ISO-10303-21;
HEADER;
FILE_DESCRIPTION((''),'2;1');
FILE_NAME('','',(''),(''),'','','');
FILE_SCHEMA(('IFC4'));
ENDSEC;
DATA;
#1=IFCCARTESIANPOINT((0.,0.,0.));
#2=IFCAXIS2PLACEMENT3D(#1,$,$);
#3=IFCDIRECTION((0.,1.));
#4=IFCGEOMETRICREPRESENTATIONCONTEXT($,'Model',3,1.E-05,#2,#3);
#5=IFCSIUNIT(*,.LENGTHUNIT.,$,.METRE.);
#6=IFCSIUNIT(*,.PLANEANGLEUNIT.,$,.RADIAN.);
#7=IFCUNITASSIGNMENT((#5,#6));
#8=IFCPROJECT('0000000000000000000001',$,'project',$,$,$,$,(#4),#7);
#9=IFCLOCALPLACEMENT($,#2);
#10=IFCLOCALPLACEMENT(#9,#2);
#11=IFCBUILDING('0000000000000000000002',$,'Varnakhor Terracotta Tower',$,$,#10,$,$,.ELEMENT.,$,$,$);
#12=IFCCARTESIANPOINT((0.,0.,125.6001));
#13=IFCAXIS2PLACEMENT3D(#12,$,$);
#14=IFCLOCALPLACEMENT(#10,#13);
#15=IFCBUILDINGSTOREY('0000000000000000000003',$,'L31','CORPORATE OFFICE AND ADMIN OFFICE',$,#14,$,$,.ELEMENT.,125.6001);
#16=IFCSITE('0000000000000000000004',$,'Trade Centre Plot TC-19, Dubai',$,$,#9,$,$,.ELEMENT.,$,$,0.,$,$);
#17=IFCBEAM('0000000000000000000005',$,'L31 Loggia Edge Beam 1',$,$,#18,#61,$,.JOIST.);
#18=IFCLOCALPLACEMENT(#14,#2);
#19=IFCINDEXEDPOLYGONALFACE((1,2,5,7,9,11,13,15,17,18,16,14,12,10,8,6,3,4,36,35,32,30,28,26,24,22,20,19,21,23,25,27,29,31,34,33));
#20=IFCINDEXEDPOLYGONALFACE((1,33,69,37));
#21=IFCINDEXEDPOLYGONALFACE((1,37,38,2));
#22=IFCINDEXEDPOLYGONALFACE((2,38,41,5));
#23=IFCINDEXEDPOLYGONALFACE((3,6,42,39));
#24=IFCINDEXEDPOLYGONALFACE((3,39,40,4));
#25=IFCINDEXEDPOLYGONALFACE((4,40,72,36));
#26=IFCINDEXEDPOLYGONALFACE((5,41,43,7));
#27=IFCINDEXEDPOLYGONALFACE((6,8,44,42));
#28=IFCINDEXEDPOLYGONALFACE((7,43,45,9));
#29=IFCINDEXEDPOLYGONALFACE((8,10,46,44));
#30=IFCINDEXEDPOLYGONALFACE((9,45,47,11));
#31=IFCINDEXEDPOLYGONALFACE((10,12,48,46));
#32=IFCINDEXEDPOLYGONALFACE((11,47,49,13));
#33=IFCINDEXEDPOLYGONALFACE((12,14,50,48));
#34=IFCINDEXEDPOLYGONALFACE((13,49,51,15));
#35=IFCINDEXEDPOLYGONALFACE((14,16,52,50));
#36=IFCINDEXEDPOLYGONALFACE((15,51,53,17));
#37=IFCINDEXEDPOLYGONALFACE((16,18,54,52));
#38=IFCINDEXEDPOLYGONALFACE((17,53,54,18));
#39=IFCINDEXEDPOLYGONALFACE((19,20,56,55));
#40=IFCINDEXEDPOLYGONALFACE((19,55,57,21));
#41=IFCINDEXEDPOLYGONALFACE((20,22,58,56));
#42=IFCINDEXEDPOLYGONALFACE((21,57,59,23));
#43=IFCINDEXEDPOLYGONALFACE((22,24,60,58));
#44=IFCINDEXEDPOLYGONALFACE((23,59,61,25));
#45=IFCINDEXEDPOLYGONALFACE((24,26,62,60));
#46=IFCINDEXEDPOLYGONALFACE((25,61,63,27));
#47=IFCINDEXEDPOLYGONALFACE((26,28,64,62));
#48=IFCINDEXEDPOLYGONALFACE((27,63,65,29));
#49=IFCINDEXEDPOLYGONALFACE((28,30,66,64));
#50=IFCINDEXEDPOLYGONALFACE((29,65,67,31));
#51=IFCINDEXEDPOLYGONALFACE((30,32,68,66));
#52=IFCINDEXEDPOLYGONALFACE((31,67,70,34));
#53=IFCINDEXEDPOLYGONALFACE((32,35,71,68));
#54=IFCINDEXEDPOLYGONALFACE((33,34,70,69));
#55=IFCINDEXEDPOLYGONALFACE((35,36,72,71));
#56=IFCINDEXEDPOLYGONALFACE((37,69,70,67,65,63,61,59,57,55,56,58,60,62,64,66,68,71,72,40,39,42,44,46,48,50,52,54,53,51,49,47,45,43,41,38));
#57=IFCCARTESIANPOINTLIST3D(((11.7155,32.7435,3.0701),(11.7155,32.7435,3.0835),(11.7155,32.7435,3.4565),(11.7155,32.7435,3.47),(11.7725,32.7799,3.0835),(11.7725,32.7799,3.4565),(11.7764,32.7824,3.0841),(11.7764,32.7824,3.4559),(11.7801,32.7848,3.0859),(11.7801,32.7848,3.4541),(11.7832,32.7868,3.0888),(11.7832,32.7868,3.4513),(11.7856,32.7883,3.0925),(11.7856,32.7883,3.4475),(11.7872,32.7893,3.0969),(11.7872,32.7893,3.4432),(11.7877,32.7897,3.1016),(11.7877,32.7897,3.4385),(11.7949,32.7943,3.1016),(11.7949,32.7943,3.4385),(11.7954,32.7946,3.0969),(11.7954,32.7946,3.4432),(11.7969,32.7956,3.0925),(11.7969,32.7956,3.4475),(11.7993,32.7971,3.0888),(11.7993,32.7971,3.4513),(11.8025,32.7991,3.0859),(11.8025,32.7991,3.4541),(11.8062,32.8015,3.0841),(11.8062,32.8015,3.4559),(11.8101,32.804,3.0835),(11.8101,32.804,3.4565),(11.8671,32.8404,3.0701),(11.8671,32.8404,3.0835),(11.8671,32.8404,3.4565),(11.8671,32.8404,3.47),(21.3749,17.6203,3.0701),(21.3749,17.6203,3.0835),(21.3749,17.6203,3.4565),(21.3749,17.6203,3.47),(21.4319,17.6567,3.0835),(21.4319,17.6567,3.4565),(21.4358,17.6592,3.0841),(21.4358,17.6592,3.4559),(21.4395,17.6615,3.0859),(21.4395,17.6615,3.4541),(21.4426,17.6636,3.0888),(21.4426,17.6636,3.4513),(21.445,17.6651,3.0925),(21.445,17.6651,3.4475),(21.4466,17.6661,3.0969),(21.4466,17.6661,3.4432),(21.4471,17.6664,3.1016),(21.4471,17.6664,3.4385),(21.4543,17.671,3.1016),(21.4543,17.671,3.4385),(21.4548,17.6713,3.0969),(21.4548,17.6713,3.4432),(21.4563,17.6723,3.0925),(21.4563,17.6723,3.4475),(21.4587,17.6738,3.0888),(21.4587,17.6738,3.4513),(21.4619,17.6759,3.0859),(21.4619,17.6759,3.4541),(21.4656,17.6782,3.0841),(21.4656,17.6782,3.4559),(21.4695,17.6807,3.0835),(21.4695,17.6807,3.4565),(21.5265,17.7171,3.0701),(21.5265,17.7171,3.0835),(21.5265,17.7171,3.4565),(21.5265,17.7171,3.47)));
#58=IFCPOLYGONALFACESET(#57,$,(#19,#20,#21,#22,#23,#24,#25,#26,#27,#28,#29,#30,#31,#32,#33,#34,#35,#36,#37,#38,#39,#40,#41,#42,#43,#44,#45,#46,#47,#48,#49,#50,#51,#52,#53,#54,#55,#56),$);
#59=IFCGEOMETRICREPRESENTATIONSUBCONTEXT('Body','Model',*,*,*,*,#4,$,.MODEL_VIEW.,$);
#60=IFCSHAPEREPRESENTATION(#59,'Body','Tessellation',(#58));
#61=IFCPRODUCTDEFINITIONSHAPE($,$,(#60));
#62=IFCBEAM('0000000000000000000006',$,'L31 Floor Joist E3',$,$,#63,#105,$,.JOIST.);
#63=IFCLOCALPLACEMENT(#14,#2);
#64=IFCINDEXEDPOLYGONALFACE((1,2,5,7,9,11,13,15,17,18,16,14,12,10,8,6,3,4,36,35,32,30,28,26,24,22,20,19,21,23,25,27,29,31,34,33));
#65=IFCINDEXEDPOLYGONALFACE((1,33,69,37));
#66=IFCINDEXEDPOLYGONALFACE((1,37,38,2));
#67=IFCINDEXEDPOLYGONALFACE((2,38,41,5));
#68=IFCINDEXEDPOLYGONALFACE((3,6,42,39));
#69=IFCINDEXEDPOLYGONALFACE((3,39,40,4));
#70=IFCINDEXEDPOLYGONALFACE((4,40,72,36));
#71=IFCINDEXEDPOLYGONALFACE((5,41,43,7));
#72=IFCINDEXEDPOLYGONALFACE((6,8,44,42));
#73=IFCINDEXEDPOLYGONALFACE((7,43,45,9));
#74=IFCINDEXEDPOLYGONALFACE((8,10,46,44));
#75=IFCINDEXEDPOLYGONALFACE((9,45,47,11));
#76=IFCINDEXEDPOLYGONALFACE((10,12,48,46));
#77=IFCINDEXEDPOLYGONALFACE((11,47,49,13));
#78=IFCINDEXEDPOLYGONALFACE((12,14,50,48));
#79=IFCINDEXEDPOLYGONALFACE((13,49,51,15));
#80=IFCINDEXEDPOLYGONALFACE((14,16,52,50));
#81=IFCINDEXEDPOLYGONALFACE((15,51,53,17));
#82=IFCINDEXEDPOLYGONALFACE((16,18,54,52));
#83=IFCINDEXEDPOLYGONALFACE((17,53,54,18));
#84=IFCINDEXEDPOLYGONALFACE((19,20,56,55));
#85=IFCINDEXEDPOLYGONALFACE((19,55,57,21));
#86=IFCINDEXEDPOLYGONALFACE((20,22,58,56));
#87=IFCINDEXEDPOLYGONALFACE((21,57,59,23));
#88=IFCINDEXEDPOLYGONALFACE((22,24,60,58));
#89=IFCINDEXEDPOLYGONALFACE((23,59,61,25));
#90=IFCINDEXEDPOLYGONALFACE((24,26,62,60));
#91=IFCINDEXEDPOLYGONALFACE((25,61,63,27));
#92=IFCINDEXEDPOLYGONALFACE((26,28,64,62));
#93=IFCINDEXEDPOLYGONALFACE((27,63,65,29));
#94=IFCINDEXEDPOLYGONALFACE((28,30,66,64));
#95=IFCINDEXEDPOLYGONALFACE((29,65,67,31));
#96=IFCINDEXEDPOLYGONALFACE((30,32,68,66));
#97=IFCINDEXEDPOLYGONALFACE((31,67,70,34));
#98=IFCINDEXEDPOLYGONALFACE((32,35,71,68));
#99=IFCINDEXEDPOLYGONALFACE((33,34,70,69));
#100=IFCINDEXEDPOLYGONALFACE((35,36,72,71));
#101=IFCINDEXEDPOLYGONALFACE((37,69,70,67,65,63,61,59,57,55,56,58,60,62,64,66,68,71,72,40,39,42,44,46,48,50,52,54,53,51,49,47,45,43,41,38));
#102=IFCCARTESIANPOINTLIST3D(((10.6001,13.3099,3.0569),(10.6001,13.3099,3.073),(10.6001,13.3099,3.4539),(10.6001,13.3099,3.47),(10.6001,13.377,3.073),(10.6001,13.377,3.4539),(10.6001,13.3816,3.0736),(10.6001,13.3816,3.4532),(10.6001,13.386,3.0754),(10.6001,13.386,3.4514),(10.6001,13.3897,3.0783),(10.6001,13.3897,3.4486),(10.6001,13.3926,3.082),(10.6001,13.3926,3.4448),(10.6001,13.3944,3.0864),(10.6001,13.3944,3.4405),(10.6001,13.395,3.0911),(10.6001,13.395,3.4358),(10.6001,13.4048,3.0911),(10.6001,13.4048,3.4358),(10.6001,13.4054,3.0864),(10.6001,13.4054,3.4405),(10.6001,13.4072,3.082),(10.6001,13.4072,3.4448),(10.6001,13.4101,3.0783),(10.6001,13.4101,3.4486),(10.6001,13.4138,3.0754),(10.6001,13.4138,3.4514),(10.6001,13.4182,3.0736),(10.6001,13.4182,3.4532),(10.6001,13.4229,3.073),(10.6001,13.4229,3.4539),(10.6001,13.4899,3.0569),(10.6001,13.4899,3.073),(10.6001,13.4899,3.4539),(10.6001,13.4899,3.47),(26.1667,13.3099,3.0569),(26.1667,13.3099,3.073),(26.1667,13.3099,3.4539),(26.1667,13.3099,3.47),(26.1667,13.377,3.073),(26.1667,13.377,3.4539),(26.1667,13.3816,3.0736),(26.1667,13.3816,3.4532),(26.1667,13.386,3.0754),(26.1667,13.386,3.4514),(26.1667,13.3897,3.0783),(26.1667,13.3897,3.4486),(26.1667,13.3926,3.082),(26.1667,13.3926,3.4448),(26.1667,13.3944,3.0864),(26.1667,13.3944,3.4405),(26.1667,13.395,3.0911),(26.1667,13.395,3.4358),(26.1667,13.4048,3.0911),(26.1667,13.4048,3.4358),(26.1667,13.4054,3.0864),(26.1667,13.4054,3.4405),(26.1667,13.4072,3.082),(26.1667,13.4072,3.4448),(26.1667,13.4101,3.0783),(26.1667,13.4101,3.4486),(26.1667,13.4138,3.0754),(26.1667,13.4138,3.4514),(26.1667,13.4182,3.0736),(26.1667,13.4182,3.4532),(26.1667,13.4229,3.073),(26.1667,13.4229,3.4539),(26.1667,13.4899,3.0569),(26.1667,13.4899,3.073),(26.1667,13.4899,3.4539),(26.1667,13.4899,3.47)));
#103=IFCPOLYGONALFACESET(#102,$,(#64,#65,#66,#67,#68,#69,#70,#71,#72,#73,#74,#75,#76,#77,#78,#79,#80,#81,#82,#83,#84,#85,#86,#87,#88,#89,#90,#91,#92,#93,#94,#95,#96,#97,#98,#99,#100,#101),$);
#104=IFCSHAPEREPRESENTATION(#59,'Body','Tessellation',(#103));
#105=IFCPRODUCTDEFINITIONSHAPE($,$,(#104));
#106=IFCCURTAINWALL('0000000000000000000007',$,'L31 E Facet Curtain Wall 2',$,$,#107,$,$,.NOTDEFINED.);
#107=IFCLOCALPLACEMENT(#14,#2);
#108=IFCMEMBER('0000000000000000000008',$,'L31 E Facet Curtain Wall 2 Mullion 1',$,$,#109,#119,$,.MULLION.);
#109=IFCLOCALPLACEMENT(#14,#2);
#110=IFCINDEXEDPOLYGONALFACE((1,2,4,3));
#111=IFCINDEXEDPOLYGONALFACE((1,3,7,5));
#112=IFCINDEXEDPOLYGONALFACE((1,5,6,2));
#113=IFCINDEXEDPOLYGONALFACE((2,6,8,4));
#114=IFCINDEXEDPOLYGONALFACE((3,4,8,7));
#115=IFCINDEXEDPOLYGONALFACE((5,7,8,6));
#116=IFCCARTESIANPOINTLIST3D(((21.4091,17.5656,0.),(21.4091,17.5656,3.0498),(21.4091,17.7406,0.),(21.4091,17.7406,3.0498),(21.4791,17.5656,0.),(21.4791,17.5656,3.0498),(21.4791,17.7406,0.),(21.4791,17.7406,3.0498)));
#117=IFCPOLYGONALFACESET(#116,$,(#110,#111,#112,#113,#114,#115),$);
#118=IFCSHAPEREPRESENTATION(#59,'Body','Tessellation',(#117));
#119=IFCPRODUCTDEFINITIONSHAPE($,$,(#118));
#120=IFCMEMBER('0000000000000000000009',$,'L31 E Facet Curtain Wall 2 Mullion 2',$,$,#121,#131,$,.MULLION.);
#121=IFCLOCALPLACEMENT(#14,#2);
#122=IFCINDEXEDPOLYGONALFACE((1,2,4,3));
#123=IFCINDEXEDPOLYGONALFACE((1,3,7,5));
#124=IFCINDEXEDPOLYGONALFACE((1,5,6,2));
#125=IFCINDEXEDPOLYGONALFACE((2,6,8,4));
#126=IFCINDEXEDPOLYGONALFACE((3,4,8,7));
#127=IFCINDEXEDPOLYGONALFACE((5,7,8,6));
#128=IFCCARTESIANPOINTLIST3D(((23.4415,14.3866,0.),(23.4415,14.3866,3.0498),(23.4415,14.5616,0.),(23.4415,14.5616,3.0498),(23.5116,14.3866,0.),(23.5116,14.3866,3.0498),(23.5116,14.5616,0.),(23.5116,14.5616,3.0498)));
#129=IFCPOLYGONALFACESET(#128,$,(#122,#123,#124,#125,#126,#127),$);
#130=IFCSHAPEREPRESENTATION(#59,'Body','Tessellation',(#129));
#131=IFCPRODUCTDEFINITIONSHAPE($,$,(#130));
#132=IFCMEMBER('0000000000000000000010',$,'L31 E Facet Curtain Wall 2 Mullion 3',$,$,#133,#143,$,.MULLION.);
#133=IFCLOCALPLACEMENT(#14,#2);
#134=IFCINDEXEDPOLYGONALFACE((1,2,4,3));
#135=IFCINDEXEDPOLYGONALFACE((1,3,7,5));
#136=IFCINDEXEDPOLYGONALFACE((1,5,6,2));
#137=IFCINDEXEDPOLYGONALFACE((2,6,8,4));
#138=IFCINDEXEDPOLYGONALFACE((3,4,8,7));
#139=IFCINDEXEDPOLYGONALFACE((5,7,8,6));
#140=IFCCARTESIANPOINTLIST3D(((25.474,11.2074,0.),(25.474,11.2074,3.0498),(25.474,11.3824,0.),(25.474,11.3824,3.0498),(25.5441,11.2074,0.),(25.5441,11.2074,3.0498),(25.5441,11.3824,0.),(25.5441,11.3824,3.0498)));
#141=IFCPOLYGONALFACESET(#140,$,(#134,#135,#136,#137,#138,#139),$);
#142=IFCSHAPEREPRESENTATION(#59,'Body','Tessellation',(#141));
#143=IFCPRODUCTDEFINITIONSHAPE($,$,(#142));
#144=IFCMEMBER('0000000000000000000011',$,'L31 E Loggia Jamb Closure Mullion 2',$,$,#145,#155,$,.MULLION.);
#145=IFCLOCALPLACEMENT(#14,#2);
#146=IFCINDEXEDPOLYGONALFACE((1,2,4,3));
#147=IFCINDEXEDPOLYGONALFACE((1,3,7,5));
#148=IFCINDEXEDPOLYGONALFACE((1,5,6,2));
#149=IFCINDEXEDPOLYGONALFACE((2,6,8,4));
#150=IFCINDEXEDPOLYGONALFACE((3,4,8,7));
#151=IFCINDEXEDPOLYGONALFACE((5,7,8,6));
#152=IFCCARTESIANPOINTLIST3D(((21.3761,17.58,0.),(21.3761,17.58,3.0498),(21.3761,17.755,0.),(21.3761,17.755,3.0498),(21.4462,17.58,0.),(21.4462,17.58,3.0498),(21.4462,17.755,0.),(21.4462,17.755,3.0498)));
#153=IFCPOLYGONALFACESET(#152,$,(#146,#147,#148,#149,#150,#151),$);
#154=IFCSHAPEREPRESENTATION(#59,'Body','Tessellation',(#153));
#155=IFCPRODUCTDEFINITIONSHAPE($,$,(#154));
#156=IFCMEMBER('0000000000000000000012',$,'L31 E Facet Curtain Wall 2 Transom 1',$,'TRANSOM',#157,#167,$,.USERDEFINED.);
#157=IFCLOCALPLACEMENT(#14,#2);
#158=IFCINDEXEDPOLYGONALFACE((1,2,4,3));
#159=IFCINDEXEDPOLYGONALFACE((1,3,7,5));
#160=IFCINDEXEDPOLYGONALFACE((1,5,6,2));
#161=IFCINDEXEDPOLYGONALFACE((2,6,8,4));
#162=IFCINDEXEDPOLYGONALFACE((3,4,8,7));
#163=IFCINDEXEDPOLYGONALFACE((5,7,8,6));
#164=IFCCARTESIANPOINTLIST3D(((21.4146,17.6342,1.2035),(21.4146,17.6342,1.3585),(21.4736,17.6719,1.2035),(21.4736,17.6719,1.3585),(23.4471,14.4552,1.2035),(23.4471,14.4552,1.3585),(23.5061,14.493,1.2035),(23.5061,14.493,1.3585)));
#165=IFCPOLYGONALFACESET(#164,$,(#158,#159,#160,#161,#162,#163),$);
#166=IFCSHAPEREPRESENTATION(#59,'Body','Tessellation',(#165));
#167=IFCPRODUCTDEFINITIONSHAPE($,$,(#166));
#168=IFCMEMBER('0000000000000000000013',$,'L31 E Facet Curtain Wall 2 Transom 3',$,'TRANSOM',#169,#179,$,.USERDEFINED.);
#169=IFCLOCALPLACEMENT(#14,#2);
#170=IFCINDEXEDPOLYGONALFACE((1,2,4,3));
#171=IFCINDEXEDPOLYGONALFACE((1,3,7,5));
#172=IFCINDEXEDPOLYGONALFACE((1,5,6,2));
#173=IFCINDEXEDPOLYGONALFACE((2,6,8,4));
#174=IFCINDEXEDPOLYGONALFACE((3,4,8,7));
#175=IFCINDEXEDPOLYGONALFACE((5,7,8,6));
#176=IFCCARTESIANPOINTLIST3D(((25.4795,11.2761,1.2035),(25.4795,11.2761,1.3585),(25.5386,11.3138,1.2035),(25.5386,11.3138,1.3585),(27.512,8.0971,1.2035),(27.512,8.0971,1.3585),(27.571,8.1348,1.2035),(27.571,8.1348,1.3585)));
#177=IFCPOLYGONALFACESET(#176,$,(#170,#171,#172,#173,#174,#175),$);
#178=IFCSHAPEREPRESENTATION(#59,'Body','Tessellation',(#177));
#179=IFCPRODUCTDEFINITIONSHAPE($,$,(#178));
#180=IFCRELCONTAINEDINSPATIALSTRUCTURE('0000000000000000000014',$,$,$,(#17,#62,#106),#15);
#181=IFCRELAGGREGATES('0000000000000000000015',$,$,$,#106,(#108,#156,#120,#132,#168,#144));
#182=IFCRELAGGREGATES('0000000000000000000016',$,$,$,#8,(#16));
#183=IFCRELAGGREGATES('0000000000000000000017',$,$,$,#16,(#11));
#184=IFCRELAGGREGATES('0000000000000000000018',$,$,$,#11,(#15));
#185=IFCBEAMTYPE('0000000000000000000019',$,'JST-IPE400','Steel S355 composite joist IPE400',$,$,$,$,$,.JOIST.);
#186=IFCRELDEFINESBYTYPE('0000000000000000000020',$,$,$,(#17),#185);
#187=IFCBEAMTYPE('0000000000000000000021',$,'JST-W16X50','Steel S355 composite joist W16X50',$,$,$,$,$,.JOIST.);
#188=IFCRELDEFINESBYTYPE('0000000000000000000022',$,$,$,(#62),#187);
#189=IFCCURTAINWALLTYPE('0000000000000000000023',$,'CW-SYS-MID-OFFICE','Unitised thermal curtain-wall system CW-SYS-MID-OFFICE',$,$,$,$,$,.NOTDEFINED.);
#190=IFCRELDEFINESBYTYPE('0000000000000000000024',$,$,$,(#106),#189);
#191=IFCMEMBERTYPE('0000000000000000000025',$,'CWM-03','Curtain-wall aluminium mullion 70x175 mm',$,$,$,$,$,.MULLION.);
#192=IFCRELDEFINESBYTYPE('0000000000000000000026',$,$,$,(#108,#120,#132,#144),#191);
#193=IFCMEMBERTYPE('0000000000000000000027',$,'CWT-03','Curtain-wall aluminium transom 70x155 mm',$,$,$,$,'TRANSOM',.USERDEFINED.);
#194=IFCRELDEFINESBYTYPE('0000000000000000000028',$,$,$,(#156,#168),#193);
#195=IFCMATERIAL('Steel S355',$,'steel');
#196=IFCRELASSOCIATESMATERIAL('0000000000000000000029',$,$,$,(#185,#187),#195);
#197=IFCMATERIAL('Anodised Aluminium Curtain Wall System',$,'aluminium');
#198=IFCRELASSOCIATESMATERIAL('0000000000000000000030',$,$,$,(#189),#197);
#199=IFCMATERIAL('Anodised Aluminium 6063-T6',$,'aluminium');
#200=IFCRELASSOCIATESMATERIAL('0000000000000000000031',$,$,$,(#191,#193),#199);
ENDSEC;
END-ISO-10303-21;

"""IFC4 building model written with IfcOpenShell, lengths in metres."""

from ifc_helpers import new_model, si_unit, direction, frame, origin, origin_2d, place, context, subcontext, project, spatial, rectangle, i_section, extrude, source, transform, mapped, material, material_profile, profile_set, type_object, type_shapes, element, aggregate, save


model = new_model("IFC4")

# Units and contexts
model_context = context("Model", 3, precision=1e-05, world=origin(), true_north=direction((0.0, 1.0)))
body_context = subcontext(model_context, "Body", "Model", "MODEL_VIEW")
ifc_project = project(units=[si_unit("LENGTHUNIT", "METRE"), si_unit("PLANEANGLEUNIT", "RADIAN")], contexts=[model_context])

# Site, building, storey
site_placement = place(None, origin())
site = spatial("IfcSite", under=ifc_project, at=site_placement, Name="Trade Centre Plot TC-19, Dubai", CompositionType="ELEMENT", RefElevation=0.0)
building_placement = place(site_placement, origin())
building = spatial("IfcBuilding", under=site, at=building_placement, Name="Varnakhor Terracotta Tower", CompositionType="ELEMENT")
storey_placement = place(building_placement, frame((0.0, 0.0, 125.6001)))
storey = spatial("IfcBuildingStorey", under=building, at=storey_placement, Name="L31", Description="CORPORATE OFFICE AND ADMIN OFFICE", CompositionType="ELEMENT", Elevation=125.6001)

# Beams
ifc_material_1 = material(Name="Steel S355", Category="steel")
ifc_material_profile_1 = material_profile(ifc_material_1, i_section(OverallWidth=0.1799, OverallDepth=0.3999, WebThickness=0.0085, FlangeThickness=0.0134, FilletRadius=0.0181, at=origin_2d()), Name="IPE400")
ifc_profile_set_1 = profile_set([ifc_material_profile_1], Name="Steel S355")
beam_type_1 = type_object("IfcBeamType", Name="JST-IPE400", Description="Steel S355 composite joist IPE400", PredefinedType="JOIST", material=ifc_profile_set_1)
shared_shape_1 = source(origin(), body_context, "Body", "SweptSolid", [
    extrude(i_section(OverallWidth=0.1799, OverallDepth=0.3999, WebThickness=0.0085, FlangeThickness=0.0134, FilletRadius=0.0181, at=origin_2d()), origin(), (0.0, 0.0, 1.0), 17.9448),
])
beam_1_placement = place(storey_placement, frame((21.4507, 17.6687, 3.27), z_axis=(-0.538283, 0.842764, 0.0), x_axis=(-0.842764, -0.538283, 0.0)))
element("IfcBeam", 1, at=beam_1_placement, inside=storey, type_object=beam_type_1, Name="L31 Loggia Edge Beam 1", PredefinedType="JOIST", context=body_context, shape_type="MappedRepresentation", body=[
    mapped(shared_shape_1, transform((0.0, 0.0, 0.0), scale=1.0)),
])
ifc_material_profile_2 = material_profile(ifc_material_1, i_section(OverallWidth=0.1799, OverallDepth=0.4131, WebThickness=0.0098, FlangeThickness=0.0161, FilletRadius=0.0181, at=origin_2d()), Name="W16X50")
ifc_profile_set_2 = profile_set([ifc_material_profile_2], Name="Steel S355")
beam_type_2 = type_object("IfcBeamType", Name="JST-W16X50", Description="Steel S355 composite joist W16X50", PredefinedType="JOIST", material=ifc_profile_set_2)
shared_shape_2 = source(origin(), body_context, "Body", "SweptSolid", [
    extrude(i_section(OverallWidth=0.1799, OverallDepth=0.4131, WebThickness=0.0098, FlangeThickness=0.0161, FilletRadius=0.0181, at=origin_2d()), origin(), (0.0, 0.0, 1.0), 15.5667),
])
beam_2_placement = place(storey_placement, frame((10.6001, 13.3999, 3.2634), z_axis=(1.0, 0.0, 0.0), x_axis=(0.0, 1.0, 0.0)))
element("IfcBeam", 2, at=beam_2_placement, inside=storey, type_object=beam_type_2, Name="L31 Floor Joist E3", PredefinedType="JOIST", context=body_context, shape_type="MappedRepresentation", body=[
    mapped(shared_shape_2, transform((0.0, 0.0, 0.0), scale=1.0)),
])

# Curtain wall, members
ifc_material_2 = material(Name="Anodised Aluminium Curtain Wall System", Category="aluminium")
curtain_wall_type = type_object("IfcCurtainWallType", Name="CW-SYS-MID-OFFICE", Description="Unitised thermal curtain-wall system CW-SYS-MID-OFFICE", PredefinedType="NOTDEFINED", material=ifc_material_2)
curtain_wall_placement = place(storey_placement, origin())
curtain_wall = element("IfcCurtainWall", 3, at=curtain_wall_placement, inside=storey, type_object=curtain_wall_type, Name="L31 E Facet Curtain Wall 2", PredefinedType="NOTDEFINED")
ifc_material_3 = material(Name="Anodised Aluminium 6063-T6", Category="aluminium")
ifc_material_profile_3 = material_profile(ifc_material_3, rectangle(XDim=0.0701, YDim=0.175, at=origin_2d()), Name="ALU MULLION 70x175")
ifc_profile_set_3 = profile_set([ifc_material_profile_3], Name="Anodised Aluminium 6063-T6")
member_type_1 = type_object("IfcMemberType", Name="CWM-03", Description="Curtain-wall aluminium mullion 70x175 mm", PredefinedType="MULLION", material=ifc_profile_set_3)
shared_shape_3 = source(origin(), body_context, "Body", "SweptSolid", [
    extrude(rectangle(XDim=0.0701, YDim=0.175, at=origin_2d()), origin(), (0.0, 0.0, 1.0), 3.0498),
])
type_shapes(member_type_1, [shared_shape_3])
member_1_placement = place(storey_placement, frame((21.4441, 17.6531, 0.0), z_axis=(0.0, 0.0, 1.0), x_axis=(1.0, 0.0, 0.0)))
member_1 = element("IfcMember", 4, at=member_1_placement, type_object=member_type_1, Name="L31 E Facet Curtain Wall 2 Mullion 1", PredefinedType="MULLION", context=body_context, shape_type="MappedRepresentation", body=[
    mapped(shared_shape_3, transform((0.0, 0.0, 0.0), scale=1.0)),
])
member_2_placement = place(storey_placement, frame((23.4766, 14.4741, 0.0), z_axis=(0.0, 0.0, 1.0), x_axis=(1.0, 0.0, 0.0)))
member_2 = element("IfcMember", 5, at=member_2_placement, type_object=member_type_1, Name="L31 E Facet Curtain Wall 2 Mullion 2", PredefinedType="MULLION", context=body_context, shape_type="MappedRepresentation", body=[
    mapped(shared_shape_3, transform((0.0, 0.0, 0.0), scale=1.0)),
])
member_3_placement = place(storey_placement, frame((25.509, 11.2949, 0.0), z_axis=(0.0, 0.0, 1.0), x_axis=(1.0, 0.0, 0.0)))
member_3 = element("IfcMember", 6, at=member_3_placement, type_object=member_type_1, Name="L31 E Facet Curtain Wall 2 Mullion 3", PredefinedType="MULLION", context=body_context, shape_type="MappedRepresentation", body=[
    mapped(shared_shape_3, transform((0.0, 0.0, 0.0), scale=1.0)),
])
member_4_placement = place(storey_placement, frame((21.4111, 17.6675, 0.0), z_axis=(0.0, 0.0, 1.0), x_axis=(1.0, 0.0, 0.0)))
member_4 = element("IfcMember", 7, at=member_4_placement, type_object=member_type_1, Name="L31 E Loggia Jamb Closure Mullion 2", PredefinedType="MULLION", context=body_context, shape_type="MappedRepresentation", body=[
    mapped(shared_shape_3, transform((0.0, 0.0, 0.0), scale=1.0)),
])
ifc_material_profile_4 = material_profile(ifc_material_3, rectangle(XDim=0.0701, YDim=0.155, at=origin_2d()), Name="ALU TRANSOM 70x155")
ifc_profile_set_4 = profile_set([ifc_material_profile_4], Name="Anodised Aluminium 6063-T6")
member_type_2 = type_object("IfcMemberType", Name="CWT-03", Description="Curtain-wall aluminium transom 70x155 mm", ElementType="TRANSOM", PredefinedType="USERDEFINED", material=ifc_profile_set_4)
shared_shape_4 = source(origin(), body_context, "Body", "SweptSolid", [
    extrude(rectangle(XDim=0.0701, YDim=0.155, at=origin_2d()), origin(), (0.0, 0.0, 1.0), 3.7732),
])
member_5_placement = place(storey_placement, frame((21.4441, 17.6531, 1.281), z_axis=(0.538666, -0.842519, 0.0), x_axis=(0.842519, 0.538666, 0.0)))
member_5 = element("IfcMember", 8, at=member_5_placement, type_object=member_type_2, Name="L31 E Facet Curtain Wall 2 Transom 1", ObjectType="TRANSOM", PredefinedType="USERDEFINED", context=body_context, shape_type="MappedRepresentation", body=[
    mapped(shared_shape_4, transform((0.0, 0.0, 0.0), scale=1.0)),
])
member_6_placement = place(storey_placement, frame((25.509, 11.2949, 1.281), z_axis=(0.538666, -0.842519, 0.0), x_axis=(0.842519, 0.538666, 0.0)))
member_6 = element("IfcMember", 9, at=member_6_placement, type_object=member_type_2, Name="L31 E Facet Curtain Wall 2 Transom 3", ObjectType="TRANSOM", PredefinedType="USERDEFINED", context=body_context, shape_type="MappedRepresentation", body=[
    mapped(shared_shape_4, transform((0.0, 0.0, 0.0), scale=1.0)),
])

aggregate(curtain_wall, [member_1, member_5, member_2, member_3, member_6, member_4])

save(model, "model.ifc")
